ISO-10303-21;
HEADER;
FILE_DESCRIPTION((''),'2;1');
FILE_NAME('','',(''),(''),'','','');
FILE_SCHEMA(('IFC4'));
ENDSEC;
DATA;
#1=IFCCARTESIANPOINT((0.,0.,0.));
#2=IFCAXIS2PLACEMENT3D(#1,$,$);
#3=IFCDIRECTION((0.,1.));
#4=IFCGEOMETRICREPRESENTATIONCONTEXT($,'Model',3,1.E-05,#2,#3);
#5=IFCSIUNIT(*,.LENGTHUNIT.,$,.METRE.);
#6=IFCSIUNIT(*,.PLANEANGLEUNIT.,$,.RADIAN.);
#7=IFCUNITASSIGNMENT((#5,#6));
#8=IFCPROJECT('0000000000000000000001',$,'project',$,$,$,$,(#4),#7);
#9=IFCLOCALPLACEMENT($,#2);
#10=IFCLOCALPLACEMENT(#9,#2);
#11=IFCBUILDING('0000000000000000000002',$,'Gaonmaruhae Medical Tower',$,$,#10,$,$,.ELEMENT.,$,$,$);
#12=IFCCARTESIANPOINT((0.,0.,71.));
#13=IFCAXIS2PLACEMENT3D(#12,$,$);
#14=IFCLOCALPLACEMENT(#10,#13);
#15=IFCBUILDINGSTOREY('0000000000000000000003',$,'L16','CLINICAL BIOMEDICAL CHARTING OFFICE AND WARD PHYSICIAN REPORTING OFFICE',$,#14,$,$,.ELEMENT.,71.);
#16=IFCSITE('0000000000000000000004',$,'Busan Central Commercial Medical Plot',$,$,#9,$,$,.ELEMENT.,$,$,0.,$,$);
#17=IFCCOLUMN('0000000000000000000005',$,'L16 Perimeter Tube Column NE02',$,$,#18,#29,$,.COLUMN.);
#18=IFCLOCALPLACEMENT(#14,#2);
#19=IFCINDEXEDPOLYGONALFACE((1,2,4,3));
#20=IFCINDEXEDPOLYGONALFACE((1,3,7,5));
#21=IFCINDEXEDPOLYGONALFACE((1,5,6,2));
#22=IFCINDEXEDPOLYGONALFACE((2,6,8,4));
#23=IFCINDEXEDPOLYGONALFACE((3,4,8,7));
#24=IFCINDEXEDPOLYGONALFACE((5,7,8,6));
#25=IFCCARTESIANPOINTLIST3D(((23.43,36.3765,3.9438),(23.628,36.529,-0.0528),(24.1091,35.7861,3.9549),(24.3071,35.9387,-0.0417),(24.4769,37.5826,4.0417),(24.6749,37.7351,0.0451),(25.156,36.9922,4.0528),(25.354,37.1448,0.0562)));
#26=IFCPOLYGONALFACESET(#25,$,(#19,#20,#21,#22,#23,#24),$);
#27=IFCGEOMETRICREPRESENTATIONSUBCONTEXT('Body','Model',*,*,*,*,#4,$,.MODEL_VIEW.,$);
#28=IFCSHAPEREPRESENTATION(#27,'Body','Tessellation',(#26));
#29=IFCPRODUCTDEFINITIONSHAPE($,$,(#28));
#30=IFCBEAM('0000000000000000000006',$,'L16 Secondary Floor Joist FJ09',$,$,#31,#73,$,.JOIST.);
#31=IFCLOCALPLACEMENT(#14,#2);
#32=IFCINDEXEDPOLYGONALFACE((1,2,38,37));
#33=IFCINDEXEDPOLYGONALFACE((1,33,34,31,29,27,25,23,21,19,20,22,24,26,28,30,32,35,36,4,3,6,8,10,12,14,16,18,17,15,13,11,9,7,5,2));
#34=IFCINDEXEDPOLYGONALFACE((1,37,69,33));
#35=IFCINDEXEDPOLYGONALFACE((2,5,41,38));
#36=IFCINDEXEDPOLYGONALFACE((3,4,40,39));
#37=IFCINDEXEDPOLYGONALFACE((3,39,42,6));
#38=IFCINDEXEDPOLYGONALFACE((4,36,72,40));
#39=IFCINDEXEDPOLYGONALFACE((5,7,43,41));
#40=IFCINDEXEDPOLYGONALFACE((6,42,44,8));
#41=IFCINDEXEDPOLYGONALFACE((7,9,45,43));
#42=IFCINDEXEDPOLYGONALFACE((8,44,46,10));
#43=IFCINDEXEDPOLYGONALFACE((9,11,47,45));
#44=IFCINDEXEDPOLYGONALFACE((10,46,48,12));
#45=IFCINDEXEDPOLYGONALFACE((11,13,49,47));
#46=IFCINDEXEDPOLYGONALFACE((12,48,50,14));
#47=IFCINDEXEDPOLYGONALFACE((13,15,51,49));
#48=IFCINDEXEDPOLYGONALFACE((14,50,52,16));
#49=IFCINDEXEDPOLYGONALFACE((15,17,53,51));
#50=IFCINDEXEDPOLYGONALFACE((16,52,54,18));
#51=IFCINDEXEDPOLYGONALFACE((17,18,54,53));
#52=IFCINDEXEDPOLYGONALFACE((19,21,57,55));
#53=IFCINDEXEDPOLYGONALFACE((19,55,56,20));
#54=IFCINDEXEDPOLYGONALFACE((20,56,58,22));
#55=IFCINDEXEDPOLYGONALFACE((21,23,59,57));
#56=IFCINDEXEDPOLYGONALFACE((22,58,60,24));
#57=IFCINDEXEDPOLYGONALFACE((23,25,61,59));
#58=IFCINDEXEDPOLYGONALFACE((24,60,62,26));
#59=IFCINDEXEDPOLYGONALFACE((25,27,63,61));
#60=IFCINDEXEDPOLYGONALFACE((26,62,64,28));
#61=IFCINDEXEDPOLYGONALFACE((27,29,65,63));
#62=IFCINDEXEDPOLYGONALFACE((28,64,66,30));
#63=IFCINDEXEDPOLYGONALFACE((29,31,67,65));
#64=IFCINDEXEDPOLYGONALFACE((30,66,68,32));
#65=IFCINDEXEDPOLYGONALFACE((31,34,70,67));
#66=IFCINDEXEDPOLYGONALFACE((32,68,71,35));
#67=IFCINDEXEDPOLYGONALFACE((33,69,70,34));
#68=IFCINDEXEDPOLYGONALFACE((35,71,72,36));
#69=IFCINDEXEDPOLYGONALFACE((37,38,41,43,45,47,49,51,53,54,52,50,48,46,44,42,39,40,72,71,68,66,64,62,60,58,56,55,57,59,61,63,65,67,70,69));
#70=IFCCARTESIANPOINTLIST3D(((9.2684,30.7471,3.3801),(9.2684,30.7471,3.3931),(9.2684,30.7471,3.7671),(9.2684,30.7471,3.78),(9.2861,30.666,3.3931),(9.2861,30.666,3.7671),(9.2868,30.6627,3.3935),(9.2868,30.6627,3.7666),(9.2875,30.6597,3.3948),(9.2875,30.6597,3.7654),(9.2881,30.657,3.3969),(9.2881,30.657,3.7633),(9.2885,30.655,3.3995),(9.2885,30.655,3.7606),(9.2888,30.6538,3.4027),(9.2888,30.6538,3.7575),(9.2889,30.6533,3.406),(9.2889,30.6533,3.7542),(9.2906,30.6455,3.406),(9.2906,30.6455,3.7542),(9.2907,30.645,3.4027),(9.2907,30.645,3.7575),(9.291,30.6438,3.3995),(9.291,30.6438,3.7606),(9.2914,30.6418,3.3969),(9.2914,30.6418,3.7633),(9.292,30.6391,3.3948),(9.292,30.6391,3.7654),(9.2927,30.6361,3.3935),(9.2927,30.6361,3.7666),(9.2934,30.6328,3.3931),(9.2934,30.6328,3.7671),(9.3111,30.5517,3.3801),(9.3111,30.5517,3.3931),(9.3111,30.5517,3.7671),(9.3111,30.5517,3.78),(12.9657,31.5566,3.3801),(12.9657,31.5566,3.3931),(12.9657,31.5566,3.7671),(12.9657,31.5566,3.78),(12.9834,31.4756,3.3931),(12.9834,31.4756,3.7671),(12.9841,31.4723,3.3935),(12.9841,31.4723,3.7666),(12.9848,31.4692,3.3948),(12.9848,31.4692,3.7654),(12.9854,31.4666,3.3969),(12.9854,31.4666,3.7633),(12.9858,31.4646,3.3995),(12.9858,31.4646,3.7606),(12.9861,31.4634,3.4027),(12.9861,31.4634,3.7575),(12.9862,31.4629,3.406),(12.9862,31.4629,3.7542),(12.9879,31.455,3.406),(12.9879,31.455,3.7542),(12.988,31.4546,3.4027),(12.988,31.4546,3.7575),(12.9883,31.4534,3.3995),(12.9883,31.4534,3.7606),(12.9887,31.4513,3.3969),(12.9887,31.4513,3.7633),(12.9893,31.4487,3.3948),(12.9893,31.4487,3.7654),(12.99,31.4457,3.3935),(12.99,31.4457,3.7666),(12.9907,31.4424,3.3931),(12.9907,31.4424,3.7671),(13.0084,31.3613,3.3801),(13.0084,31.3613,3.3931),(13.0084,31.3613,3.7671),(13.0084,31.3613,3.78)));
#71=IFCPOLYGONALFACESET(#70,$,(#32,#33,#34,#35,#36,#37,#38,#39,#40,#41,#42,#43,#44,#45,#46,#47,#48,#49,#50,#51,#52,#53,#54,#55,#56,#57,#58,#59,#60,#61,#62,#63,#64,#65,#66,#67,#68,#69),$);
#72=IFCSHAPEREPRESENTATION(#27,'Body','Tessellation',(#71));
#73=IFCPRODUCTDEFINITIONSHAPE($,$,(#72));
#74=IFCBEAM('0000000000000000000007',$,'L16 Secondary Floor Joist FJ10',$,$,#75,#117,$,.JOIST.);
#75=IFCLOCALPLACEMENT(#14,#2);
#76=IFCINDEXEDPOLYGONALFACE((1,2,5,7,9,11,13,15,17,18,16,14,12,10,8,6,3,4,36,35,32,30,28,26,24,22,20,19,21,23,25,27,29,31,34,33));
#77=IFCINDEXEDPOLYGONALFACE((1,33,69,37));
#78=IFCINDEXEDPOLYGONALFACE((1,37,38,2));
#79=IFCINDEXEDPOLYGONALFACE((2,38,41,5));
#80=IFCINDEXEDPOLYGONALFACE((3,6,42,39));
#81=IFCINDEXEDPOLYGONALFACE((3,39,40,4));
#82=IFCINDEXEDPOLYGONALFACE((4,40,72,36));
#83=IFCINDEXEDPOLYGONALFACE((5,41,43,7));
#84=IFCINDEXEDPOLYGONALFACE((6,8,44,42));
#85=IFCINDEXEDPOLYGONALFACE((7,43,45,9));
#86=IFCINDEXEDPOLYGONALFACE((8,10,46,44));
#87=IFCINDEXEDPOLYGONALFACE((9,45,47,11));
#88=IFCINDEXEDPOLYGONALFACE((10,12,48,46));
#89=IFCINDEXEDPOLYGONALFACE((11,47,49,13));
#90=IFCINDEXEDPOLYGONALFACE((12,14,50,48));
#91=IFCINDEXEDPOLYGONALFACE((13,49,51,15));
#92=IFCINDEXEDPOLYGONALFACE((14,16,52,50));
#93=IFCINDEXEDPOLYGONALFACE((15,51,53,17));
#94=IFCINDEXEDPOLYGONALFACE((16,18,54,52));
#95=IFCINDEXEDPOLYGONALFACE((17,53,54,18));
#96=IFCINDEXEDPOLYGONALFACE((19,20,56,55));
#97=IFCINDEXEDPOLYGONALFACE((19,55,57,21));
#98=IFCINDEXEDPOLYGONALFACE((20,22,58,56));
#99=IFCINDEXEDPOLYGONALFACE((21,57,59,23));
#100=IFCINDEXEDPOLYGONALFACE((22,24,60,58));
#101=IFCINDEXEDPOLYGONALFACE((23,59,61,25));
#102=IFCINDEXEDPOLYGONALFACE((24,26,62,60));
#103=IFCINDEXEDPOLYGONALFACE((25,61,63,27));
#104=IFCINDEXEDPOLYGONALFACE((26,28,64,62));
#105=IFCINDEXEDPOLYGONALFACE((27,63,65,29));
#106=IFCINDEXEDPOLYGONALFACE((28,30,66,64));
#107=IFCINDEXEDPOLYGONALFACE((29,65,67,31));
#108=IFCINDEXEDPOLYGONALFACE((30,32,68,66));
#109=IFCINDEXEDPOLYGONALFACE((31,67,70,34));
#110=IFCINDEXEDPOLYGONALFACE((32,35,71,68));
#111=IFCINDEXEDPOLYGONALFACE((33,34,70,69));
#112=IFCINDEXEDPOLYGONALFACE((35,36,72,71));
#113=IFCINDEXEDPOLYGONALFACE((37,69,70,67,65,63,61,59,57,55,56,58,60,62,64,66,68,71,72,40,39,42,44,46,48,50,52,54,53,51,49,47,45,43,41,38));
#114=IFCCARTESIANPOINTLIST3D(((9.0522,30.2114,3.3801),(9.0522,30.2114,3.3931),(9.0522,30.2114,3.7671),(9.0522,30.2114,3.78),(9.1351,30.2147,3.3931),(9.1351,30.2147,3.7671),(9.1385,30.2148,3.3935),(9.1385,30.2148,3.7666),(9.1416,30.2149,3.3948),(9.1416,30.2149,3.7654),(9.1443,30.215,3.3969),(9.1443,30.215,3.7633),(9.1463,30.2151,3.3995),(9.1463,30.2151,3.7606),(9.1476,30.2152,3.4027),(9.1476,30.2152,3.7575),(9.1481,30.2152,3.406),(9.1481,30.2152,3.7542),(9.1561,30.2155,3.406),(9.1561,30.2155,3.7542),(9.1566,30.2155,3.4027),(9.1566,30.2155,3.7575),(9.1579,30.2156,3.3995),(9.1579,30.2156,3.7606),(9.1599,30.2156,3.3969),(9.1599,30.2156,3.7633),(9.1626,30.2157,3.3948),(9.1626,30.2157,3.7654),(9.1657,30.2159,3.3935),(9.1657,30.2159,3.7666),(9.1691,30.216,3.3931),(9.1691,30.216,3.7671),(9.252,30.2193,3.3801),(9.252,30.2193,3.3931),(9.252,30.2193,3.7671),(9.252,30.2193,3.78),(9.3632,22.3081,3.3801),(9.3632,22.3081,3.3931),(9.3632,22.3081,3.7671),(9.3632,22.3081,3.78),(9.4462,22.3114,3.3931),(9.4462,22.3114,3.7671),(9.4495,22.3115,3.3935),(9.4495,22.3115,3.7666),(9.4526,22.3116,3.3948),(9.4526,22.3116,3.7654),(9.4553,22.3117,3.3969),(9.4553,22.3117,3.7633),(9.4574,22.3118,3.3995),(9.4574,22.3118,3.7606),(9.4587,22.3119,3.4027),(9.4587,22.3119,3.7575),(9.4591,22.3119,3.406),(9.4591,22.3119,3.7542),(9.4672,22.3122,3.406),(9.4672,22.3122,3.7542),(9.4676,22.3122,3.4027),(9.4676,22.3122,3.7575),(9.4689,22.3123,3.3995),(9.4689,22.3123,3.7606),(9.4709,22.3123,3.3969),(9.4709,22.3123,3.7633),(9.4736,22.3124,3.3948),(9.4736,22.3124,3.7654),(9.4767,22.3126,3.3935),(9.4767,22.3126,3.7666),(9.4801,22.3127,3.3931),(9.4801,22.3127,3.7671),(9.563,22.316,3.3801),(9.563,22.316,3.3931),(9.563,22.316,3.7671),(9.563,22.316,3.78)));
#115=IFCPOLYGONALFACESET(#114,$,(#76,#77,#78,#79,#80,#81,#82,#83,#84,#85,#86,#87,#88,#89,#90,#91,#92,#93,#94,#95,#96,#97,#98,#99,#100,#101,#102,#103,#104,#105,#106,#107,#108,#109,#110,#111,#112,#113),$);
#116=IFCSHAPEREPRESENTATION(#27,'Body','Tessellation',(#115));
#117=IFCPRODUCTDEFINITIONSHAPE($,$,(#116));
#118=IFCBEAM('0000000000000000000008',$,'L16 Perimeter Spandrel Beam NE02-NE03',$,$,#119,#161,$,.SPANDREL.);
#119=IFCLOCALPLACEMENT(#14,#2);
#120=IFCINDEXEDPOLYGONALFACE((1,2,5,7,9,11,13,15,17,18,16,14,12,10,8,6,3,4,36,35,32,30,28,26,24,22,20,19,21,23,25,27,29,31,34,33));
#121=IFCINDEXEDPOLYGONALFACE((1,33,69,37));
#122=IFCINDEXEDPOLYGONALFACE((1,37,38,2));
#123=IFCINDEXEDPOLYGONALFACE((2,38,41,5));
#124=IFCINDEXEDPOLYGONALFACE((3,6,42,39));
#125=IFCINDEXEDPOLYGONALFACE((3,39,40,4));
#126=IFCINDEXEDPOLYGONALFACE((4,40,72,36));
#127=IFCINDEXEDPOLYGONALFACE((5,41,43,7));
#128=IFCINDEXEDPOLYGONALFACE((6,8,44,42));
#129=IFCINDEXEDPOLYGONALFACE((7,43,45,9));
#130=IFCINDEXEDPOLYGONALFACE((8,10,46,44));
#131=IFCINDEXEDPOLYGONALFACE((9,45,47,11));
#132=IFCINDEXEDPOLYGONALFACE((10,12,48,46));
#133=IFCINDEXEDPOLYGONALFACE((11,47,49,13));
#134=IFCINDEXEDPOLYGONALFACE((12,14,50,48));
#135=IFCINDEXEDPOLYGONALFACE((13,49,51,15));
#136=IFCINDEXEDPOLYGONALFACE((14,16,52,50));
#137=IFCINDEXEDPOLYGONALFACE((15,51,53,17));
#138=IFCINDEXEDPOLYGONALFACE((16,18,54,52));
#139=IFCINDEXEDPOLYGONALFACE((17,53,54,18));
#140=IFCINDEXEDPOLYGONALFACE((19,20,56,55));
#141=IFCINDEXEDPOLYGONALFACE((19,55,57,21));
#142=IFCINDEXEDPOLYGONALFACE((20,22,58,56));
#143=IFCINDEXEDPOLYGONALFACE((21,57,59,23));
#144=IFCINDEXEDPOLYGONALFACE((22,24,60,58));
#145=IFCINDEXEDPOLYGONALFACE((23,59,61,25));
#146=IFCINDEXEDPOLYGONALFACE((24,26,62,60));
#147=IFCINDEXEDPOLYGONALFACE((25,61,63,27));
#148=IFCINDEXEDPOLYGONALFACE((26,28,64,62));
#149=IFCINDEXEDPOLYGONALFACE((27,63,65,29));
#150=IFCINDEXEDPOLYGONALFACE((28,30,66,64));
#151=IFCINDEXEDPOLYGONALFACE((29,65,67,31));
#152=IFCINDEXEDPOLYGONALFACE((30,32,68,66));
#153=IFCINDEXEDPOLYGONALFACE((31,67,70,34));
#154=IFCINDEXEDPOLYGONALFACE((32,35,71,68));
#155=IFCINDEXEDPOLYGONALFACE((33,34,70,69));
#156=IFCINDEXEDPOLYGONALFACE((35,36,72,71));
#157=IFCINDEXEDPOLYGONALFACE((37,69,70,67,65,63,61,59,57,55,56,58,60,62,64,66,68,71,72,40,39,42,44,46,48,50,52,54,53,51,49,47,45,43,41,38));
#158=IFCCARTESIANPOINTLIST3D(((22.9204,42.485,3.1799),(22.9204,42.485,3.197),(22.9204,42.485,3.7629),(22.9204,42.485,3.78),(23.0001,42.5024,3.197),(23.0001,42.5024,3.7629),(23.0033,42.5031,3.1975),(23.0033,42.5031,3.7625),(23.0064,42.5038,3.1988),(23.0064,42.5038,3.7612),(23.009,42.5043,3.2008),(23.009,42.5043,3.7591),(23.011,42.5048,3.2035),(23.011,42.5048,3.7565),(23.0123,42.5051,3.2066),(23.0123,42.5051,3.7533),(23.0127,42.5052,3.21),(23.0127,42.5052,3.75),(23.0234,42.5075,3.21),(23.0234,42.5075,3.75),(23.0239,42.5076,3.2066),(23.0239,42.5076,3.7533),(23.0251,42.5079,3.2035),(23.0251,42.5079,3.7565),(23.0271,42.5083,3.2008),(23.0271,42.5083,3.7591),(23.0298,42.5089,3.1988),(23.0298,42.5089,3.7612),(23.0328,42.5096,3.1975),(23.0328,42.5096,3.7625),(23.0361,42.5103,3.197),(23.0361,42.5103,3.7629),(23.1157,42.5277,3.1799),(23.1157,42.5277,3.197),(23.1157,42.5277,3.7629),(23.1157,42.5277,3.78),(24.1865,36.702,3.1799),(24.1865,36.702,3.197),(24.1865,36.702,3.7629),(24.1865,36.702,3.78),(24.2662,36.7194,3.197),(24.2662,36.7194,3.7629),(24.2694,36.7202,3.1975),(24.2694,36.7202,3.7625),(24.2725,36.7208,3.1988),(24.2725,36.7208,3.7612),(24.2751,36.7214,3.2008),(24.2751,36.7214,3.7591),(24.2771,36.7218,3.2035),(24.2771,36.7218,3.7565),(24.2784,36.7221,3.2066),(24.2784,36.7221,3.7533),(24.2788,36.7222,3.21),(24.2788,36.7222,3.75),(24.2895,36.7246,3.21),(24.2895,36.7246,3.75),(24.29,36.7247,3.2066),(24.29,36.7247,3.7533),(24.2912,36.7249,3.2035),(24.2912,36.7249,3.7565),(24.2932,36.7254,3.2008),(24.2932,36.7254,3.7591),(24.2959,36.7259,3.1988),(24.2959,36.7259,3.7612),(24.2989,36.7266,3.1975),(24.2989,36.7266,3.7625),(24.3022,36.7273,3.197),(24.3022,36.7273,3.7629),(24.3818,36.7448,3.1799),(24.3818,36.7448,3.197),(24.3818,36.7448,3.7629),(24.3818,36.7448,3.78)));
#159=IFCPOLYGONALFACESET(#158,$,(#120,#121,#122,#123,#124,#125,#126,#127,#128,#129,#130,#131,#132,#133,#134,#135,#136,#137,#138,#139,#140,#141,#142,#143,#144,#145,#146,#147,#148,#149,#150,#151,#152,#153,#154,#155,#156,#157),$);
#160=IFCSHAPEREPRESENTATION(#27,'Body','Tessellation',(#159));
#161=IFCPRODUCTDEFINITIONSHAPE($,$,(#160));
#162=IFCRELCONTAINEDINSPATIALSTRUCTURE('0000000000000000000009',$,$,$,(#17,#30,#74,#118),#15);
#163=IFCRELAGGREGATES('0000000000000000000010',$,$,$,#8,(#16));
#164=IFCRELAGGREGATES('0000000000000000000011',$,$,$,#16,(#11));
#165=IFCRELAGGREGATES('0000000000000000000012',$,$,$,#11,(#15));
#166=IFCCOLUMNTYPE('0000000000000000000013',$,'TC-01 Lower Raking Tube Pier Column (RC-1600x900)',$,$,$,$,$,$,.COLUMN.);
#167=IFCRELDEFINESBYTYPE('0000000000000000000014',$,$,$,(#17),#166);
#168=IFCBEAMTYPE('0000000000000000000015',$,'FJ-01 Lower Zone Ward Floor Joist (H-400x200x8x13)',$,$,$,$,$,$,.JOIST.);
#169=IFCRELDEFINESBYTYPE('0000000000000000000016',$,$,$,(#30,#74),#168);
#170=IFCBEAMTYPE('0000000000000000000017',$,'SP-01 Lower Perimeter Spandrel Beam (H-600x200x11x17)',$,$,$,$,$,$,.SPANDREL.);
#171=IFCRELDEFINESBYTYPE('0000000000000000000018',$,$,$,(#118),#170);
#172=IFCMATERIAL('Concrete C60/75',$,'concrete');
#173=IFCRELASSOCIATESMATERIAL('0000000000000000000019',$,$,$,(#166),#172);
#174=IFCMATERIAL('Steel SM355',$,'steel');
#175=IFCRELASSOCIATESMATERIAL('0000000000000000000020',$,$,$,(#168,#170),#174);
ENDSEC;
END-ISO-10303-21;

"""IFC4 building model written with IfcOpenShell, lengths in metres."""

from ifc_helpers import new_model, si_unit, direction, frame, origin, origin_2d, place, context, subcontext, project, spatial, rectangle, i_section, extrude, material, material_profile, profile_set, type_object, element, save


model = new_model("IFC4")

# Units and contexts
model_context = context("Model", 3, precision=1e-05, world=origin(), true_north=direction((0.0, 1.0)))
body_context = subcontext(model_context, "Body", "Model", "MODEL_VIEW")
ifc_project = project(units=[si_unit("LENGTHUNIT", "METRE"), si_unit("PLANEANGLEUNIT", "RADIAN")], contexts=[model_context])

# Site, building, storey
site_placement = place(None, origin())
site = spatial("IfcSite", under=ifc_project, at=site_placement, Name="Busan Central Commercial Medical Plot", CompositionType="ELEMENT", RefElevation=0.0)
building_placement = place(site_placement, origin())
building = spatial("IfcBuilding", under=site, at=building_placement, Name="Gaonmaruhae Medical Tower", CompositionType="ELEMENT")
storey_placement = place(building_placement, frame((0.0, 0.0, 71.0)))
storey = spatial("IfcBuildingStorey", under=building, at=storey_placement, Name="L16", Description="CLINICAL BIOMEDICAL CHARTING OFFICE AND WARD PHYSICIAN REPORTING OFFICE", CompositionType="ELEMENT", Elevation=71.0)

# Column
ifc_material_1 = material(Name="Concrete C60/75", Category="concrete")
ifc_material_profile_1 = material_profile(ifc_material_1, rectangle(XDim=1.6001, YDim=0.8999, at=origin_2d()), Name="RC-1600x900")
ifc_profile_set_1 = profile_set([ifc_material_profile_1], Name="Concrete C60/75")
column_type = type_object("IfcColumnType", Name="TC-01 Lower Raking Tube Pier Column (RC-1600x900)", PredefinedType="COLUMN", material=ifc_profile_set_1)
column_placement = place(storey_placement, frame((24.491, 36.8369, 0.0017), z_axis=(-0.049445, -0.038105, 0.99805), x_axis=(0.654284, 0.753769, 0.061193)))
element("IfcColumn", 1, at=column_placement, inside=storey, type_object=column_type, Name="L16 Perimeter Tube Column NE02", PredefinedType="COLUMN", context=body_context, shape_type="SweptSolid", body=[
    extrude(rectangle(XDim=1.6001, YDim=0.8999, at=origin_2d()), origin(), (0.0, 0.0, 1.0), 4.0044),
])

# Beams
ifc_material_2 = material(Name="Steel SM355", Category="steel")
ifc_material_profile_2 = material_profile(ifc_material_2, i_section(OverallWidth=0.2, OverallDepth=0.3999, WebThickness=0.0081, FlangeThickness=0.0129, FilletRadius=0.0129, at=origin_2d()), Name="H-400x200x8x13")
ifc_profile_set_2 = profile_set([ifc_material_profile_2], Name="Steel SM355")
beam_type_1 = type_object("IfcBeamType", Name="FJ-01 Lower Zone Ward Floor Joist (H-400x200x8x13)", PredefinedType="JOIST", material=ifc_profile_set_2)
beam_1_placement = place(storey_placement, frame((12.9871, 31.459, 3.5801), z_axis=(-0.976856, -0.213897, 0.0), x_axis=(0.213897, -0.976856, 0.0)))
element("IfcBeam", 2, at=beam_1_placement, inside=storey, type_object=beam_type_1, Name="L16 Secondary Floor Joist FJ09", PredefinedType="JOIST", context=body_context, shape_type="SweptSolid", body=[
    extrude(i_section(OverallWidth=0.2, OverallDepth=0.3999, WebThickness=0.0081, FlangeThickness=0.0129, FilletRadius=0.0129, at=origin_2d()), origin(), (0.0, 0.0, 1.0), 3.7849),
])
beam_2_placement = place(storey_placement, frame((9.1521, 30.2153, 3.5801), z_axis=(0.039325, -0.999226, 0.0), x_axis=(0.999226, 0.039325, 0.0)))
element("IfcBeam", 3, at=beam_2_placement, inside=storey, type_object=beam_type_1, Name="L16 Secondary Floor Joist FJ10", PredefinedType="JOIST", context=body_context, shape_type="SweptSolid", body=[
    extrude(i_section(OverallWidth=0.2, OverallDepth=0.3999, WebThickness=0.0081, FlangeThickness=0.0129, FilletRadius=0.0129, at=origin_2d()), origin(), (0.0, 0.0, 1.0), 7.9094),
])
ifc_material_profile_3 = material_profile(ifc_material_2, i_section(OverallWidth=0.2, OverallDepth=0.6001, WebThickness=0.011, FlangeThickness=0.0171, FilletRadius=0.0129, at=origin_2d()), Name="H-600x200x11x17")
ifc_profile_set_3 = profile_set([ifc_material_profile_3], Name="Steel SM355")
beam_type_2 = type_object("IfcBeamType", Name="SP-01 Lower Perimeter Spandrel Beam (H-600x200x11x17)", PredefinedType="SPANDREL", material=ifc_profile_set_3)
beam_3_placement = place(storey_placement, frame((24.2842, 36.7234, 3.48), z_axis=(-0.213873, 0.976862, 0.0), x_axis=(-0.976862, -0.213873, 0.0)))
element("IfcBeam", 4, at=beam_3_placement, inside=storey, type_object=beam_type_2, Name="L16 Perimeter Spandrel Beam NE02-NE03", PredefinedType="SPANDREL", context=body_context, shape_type="SweptSolid", body=[
    extrude(i_section(OverallWidth=0.2, OverallDepth=0.6001, WebThickness=0.011, FlangeThickness=0.0171, FilletRadius=0.0129, at=origin_2d()), origin(), (0.0, 0.0, 1.0), 5.9199),
])

save(model, "model.ifc")
